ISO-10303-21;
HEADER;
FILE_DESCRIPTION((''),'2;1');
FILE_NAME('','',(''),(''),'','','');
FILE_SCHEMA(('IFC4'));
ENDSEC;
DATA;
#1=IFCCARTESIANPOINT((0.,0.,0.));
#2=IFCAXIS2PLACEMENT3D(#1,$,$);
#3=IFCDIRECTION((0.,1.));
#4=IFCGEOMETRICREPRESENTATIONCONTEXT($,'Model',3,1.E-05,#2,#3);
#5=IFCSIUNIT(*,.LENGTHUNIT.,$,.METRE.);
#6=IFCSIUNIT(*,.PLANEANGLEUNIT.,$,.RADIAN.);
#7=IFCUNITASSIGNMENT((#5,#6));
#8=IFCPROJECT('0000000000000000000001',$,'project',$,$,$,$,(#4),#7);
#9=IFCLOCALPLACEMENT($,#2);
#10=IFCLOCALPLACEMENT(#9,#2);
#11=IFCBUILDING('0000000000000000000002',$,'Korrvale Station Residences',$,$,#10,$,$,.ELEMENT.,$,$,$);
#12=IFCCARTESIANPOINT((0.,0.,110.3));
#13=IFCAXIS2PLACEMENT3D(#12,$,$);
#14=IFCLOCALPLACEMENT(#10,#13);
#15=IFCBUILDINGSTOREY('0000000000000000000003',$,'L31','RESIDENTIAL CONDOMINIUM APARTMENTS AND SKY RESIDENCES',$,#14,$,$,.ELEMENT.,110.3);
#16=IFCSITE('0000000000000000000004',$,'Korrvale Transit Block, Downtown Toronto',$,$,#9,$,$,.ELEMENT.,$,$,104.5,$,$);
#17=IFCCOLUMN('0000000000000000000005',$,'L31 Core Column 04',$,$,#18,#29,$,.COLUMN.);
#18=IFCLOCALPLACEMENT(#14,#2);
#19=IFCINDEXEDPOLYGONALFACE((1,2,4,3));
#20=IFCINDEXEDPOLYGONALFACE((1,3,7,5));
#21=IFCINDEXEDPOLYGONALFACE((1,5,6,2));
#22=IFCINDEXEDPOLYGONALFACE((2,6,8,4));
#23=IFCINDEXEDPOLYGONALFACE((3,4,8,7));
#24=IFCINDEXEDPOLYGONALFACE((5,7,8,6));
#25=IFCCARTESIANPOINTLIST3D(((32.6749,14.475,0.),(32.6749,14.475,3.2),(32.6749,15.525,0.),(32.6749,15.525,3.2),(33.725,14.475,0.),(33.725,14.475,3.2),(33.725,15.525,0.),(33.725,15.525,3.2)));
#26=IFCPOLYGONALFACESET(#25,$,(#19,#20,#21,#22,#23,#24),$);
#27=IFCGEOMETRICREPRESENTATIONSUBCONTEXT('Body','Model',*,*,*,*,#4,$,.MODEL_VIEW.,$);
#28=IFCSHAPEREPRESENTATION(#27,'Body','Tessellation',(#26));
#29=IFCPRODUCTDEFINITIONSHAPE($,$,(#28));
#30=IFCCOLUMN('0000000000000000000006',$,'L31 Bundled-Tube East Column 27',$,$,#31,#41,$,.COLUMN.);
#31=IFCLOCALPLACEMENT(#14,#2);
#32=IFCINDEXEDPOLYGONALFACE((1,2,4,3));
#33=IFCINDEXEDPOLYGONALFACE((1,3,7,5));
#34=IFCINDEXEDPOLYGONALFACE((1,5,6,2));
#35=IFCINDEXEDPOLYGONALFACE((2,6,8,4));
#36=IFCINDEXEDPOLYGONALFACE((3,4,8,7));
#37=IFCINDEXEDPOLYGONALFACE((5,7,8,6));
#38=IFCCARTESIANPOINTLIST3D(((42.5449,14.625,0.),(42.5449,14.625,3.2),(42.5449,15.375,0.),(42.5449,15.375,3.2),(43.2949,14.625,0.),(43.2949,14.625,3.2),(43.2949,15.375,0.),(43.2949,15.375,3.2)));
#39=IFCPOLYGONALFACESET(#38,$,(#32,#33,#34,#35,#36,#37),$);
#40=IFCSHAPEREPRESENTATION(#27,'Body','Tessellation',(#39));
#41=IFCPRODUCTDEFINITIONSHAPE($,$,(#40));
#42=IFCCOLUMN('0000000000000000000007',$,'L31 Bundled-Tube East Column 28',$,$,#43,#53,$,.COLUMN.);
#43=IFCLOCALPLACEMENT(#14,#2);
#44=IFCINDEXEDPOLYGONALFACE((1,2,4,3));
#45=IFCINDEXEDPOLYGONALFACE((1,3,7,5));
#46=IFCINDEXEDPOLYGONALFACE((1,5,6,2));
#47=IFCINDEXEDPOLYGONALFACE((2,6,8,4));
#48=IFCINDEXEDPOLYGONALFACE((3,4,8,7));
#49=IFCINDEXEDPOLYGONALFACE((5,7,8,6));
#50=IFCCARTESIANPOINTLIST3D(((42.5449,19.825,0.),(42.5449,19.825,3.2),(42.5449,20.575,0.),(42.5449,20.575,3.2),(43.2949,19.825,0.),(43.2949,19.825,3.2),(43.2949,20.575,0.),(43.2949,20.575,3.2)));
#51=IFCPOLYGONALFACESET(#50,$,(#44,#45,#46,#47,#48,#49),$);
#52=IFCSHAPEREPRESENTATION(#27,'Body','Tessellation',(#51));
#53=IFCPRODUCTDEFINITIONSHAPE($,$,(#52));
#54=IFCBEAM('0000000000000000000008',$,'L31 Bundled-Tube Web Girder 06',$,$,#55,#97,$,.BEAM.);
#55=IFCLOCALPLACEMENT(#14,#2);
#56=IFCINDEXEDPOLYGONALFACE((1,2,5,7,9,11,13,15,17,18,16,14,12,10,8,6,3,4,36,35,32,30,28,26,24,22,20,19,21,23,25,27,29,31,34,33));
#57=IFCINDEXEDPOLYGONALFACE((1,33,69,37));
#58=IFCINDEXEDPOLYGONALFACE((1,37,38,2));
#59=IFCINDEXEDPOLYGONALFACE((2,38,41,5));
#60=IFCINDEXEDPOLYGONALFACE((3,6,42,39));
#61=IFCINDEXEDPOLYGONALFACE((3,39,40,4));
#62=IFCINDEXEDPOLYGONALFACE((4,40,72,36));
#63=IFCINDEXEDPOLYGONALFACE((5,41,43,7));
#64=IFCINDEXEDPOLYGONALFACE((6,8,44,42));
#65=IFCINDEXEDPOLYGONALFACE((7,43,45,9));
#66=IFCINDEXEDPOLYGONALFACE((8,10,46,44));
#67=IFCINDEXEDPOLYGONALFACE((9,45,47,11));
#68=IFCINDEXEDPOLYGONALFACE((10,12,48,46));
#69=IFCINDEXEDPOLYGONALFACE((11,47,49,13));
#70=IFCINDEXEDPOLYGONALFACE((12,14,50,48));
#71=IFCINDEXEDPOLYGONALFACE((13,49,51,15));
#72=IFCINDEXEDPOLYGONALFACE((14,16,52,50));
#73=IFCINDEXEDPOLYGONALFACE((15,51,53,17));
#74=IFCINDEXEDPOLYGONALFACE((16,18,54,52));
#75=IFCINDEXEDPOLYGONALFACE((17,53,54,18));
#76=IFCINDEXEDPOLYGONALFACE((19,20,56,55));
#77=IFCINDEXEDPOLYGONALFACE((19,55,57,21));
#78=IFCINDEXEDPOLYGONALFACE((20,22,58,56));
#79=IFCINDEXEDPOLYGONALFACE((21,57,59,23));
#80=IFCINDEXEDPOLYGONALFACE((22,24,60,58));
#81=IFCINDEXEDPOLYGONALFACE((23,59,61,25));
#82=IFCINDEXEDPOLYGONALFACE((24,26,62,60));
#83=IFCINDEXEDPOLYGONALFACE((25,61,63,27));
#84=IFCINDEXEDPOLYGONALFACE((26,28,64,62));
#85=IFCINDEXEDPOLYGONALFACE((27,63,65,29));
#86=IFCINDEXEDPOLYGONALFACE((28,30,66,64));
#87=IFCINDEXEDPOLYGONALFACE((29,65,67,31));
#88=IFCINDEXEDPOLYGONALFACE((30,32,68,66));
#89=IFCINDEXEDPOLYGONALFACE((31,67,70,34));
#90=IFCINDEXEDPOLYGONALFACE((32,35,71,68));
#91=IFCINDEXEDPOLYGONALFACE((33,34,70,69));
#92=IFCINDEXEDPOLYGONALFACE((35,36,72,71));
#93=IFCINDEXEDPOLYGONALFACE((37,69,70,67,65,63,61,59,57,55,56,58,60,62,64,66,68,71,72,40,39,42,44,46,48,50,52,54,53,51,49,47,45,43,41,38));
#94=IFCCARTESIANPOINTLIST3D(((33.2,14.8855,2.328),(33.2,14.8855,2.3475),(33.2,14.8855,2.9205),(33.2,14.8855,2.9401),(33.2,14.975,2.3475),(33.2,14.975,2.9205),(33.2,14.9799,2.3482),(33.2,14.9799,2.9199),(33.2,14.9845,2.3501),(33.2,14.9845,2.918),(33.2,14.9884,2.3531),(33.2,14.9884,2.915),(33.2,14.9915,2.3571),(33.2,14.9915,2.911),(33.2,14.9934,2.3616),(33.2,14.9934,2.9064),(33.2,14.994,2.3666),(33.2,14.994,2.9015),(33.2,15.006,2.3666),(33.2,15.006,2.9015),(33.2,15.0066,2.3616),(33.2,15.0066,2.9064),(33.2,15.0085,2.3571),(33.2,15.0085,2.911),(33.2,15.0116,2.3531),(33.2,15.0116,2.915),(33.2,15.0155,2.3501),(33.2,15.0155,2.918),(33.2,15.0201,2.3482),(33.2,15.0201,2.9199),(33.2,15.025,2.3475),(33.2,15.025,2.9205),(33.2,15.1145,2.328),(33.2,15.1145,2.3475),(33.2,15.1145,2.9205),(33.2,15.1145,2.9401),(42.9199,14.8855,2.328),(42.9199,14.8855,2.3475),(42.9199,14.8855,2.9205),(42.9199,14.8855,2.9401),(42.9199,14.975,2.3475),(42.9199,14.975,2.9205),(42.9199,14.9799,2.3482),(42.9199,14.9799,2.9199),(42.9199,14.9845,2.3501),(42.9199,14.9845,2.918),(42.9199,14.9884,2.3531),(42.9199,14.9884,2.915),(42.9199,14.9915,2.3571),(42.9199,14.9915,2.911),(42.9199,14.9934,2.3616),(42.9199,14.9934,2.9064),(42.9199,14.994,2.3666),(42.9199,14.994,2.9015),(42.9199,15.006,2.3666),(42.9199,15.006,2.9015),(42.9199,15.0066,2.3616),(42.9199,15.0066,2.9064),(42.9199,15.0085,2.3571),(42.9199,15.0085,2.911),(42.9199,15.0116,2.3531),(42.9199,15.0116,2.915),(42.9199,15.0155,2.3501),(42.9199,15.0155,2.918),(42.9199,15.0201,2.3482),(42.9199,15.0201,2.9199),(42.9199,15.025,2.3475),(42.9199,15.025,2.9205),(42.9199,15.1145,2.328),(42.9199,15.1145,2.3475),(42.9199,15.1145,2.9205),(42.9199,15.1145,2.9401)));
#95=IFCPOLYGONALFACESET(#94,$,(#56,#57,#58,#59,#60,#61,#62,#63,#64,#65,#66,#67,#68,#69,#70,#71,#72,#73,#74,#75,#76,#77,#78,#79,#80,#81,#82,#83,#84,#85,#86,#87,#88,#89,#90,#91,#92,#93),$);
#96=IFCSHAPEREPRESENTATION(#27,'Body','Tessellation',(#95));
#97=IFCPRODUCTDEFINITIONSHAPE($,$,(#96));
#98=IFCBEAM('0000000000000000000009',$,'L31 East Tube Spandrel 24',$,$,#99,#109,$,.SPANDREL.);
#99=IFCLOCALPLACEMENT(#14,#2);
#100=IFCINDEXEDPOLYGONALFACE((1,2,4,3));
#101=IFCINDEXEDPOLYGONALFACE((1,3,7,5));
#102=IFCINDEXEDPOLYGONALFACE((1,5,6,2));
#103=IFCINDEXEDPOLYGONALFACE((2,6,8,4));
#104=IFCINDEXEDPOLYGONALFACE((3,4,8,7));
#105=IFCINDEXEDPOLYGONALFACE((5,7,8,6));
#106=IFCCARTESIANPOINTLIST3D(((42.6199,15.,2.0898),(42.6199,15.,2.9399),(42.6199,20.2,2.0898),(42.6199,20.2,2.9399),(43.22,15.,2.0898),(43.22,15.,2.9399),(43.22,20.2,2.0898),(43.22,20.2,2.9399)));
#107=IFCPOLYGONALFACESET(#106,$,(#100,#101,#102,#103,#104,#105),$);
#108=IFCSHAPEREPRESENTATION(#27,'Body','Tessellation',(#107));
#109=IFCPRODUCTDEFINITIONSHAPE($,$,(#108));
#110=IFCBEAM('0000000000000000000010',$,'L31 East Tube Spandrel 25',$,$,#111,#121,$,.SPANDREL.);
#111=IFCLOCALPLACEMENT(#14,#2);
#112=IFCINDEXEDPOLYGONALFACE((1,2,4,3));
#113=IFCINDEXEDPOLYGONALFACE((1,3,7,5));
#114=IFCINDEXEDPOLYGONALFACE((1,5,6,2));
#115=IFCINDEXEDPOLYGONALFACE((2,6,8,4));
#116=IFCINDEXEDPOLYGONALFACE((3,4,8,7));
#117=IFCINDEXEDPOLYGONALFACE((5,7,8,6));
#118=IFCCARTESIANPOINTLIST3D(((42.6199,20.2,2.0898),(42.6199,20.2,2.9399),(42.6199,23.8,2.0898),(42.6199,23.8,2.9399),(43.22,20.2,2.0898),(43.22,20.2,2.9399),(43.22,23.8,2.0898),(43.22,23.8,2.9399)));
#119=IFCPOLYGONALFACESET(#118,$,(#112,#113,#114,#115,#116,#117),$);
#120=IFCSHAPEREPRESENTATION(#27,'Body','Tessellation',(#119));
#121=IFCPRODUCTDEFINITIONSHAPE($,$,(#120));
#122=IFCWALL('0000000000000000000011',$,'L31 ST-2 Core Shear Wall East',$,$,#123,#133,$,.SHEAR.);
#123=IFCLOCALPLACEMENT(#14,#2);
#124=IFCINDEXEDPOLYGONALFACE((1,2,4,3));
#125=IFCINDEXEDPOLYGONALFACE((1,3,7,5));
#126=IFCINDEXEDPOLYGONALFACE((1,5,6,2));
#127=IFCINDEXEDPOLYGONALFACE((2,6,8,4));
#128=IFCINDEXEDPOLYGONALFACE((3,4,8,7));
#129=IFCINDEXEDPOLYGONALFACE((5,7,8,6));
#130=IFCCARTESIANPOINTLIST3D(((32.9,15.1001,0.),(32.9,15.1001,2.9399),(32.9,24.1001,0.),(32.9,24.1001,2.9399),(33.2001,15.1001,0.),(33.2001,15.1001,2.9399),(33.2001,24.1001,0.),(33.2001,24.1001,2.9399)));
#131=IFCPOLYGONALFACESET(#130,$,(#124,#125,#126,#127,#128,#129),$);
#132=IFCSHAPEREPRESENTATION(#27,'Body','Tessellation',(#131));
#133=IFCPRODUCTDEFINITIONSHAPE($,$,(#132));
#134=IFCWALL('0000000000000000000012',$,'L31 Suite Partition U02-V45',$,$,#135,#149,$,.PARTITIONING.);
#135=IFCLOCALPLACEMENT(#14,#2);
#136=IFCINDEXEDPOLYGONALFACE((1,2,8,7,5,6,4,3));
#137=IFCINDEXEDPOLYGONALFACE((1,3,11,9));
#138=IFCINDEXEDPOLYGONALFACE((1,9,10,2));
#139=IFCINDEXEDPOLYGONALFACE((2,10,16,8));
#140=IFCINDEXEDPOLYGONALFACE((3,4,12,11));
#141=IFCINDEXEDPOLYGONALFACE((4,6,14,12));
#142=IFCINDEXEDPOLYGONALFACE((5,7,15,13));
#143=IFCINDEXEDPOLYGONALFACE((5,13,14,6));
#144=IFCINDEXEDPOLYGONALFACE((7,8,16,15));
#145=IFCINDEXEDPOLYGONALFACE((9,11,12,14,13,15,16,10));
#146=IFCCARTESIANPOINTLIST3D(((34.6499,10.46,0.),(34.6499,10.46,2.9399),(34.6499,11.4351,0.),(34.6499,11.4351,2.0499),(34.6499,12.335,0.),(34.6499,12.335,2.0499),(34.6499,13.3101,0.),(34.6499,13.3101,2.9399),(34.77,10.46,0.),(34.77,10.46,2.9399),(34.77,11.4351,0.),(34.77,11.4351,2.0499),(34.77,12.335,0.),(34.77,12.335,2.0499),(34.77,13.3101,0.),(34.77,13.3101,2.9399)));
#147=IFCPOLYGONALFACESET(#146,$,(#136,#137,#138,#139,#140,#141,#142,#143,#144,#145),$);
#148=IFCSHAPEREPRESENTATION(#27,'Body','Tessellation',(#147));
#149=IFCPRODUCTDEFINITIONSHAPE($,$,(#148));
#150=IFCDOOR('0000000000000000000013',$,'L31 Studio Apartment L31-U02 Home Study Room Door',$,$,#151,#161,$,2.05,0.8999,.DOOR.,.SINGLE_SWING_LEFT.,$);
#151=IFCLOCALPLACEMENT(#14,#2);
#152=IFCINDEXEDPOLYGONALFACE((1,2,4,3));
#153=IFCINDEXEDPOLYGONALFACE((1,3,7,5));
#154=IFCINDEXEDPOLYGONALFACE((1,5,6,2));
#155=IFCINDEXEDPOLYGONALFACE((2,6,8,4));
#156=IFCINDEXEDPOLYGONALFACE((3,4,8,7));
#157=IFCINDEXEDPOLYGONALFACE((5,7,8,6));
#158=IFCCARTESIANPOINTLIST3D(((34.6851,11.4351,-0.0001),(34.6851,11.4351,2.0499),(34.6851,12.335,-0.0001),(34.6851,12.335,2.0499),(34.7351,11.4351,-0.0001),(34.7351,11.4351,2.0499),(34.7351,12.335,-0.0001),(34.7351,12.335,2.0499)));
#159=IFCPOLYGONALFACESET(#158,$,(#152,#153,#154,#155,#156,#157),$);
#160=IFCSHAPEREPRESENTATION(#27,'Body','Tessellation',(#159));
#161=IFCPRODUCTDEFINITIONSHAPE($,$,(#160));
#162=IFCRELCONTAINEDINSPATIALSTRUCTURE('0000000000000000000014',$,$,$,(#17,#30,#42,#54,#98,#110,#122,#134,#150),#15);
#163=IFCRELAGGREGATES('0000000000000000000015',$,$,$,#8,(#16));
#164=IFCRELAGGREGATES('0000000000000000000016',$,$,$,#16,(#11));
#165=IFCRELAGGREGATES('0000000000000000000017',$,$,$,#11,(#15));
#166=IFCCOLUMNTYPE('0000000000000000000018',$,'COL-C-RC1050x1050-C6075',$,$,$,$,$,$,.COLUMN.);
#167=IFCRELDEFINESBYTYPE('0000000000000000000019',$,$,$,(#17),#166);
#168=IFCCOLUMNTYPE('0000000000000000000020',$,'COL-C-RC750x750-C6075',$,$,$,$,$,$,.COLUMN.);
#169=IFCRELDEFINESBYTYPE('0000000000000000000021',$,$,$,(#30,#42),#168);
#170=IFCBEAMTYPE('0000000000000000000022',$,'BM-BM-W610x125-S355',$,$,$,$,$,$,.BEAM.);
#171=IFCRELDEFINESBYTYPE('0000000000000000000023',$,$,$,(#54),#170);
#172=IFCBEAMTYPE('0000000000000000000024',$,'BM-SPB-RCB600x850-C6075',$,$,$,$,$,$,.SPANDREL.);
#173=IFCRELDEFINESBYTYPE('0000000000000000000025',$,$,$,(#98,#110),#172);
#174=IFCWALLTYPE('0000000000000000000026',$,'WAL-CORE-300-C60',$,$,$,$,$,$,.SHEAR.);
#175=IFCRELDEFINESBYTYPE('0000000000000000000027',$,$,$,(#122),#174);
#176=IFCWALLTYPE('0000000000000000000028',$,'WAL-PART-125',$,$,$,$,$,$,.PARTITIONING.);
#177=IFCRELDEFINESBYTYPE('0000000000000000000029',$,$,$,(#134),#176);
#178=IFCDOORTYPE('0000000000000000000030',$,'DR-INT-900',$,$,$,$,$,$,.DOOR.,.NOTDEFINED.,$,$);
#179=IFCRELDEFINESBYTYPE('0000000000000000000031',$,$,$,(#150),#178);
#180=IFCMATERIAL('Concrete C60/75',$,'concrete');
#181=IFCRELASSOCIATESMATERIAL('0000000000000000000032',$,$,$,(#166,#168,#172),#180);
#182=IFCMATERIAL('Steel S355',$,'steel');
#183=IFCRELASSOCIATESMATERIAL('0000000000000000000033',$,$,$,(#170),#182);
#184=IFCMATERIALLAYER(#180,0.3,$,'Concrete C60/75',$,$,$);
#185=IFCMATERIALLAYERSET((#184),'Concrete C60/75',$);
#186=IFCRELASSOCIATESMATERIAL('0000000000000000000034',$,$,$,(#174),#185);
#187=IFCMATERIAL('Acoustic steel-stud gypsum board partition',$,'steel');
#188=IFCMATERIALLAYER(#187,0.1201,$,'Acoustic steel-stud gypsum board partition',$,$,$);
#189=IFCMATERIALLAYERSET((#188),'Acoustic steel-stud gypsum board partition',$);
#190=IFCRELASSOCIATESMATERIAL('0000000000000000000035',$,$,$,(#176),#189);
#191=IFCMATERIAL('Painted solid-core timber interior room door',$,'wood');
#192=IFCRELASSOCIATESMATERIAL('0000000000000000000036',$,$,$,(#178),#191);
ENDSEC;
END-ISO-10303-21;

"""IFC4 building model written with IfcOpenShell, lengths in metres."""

from ifc_helpers import new_model, si_unit, direction, frame, frame_2d, origin, origin_2d, place, context, subcontext, project, spatial, rectangle, i_section, extrude, material, layer, layer_set, material_profile, profile_set, type_object, element, fill, save


model = new_model("IFC4")

# Units and contexts
model_context = context("Model", 3, precision=1e-05, world=origin(), true_north=direction((0.0, 1.0)))
body_context = subcontext(model_context, "Body", "Model", "MODEL_VIEW")
ifc_project = project(units=[si_unit("LENGTHUNIT", "METRE"), si_unit("PLANEANGLEUNIT", "RADIAN")], contexts=[model_context])

# Site, building, storey
site_placement = place(None, origin())
site = spatial("IfcSite", under=ifc_project, at=site_placement, Name="Korrvale Transit Block, Downtown Toronto", CompositionType="ELEMENT", RefElevation=104.5)
building_placement = place(site_placement, origin())
building = spatial("IfcBuilding", under=site, at=building_placement, Name="Korrvale Station Residences", CompositionType="ELEMENT")
storey_placement = place(building_placement, frame((0.0, 0.0, 110.3)))
storey = spatial("IfcBuildingStorey", under=building, at=storey_placement, Name="L31", Description="RESIDENTIAL CONDOMINIUM APARTMENTS AND SKY RESIDENCES", CompositionType="ELEMENT", Elevation=110.3)

# Columns
ifc_material_1 = material(Name="Concrete C60/75", Category="concrete")
ifc_material_profile_1 = material_profile(ifc_material_1, rectangle(XDim=1.05, YDim=1.05, at=origin_2d()), Name="RC1050x1050")
ifc_profile_set_1 = profile_set([ifc_material_profile_1], Name="Concrete C60/75")
column_type_1 = type_object("IfcColumnType", Name="COL-C-RC1050x1050-C6075", PredefinedType="COLUMN", material=ifc_profile_set_1)
column_placement = place(storey_placement, frame((33.2, 15.0, 0.0), z_axis=(0.0, 0.0, 1.0), x_axis=(1.0, 0.0, 0.0)))
element("IfcColumn", 1, at=column_placement, inside=storey, type_object=column_type_1, Name="L31 Core Column 04", PredefinedType="COLUMN", context=body_context, shape_type="SweptSolid", body=[
    extrude(rectangle(XDim=1.05, YDim=1.05, at=origin_2d()), origin(), (0.0, 0.0, 1.0), 3.2),
])
ifc_material_profile_2 = material_profile(ifc_material_1, rectangle(XDim=0.75, YDim=0.75, at=origin_2d()), Name="RC750x750")
ifc_profile_set_2 = profile_set([ifc_material_profile_2], Name="Concrete C60/75")
column_type_2 = type_object("IfcColumnType", Name="COL-C-RC750x750-C6075", PredefinedType="COLUMN", material=ifc_profile_set_2)
for number, where, z_axis, x_axis, name in (
    (2, (42.9199, 15.0, 0.0), (0.0, 0.0, 1.0), (1.0, 0.0, 0.0), "L31 Bundled-Tube East Column 27"),
    (3, (42.9199, 20.2, 0.0), (0.0, 0.0, 1.0), (1.0, 0.0, 0.0), "L31 Bundled-Tube East Column 28"),
):
    element("IfcColumn", number, at=place(storey_placement, frame(where, z_axis=z_axis, x_axis=x_axis)), inside=storey, type_object=column_type_2, Name=name, PredefinedType="COLUMN", context=body_context, shape_type="SweptSolid", body=[
        extrude(rectangle(XDim=0.75, YDim=0.75, at=origin_2d()), origin(), (0.0, 0.0, 1.0), 3.2),
    ])

# Beams
ifc_material_2 = material(Name="Steel S355", Category="steel")
ifc_material_profile_3 = material_profile(ifc_material_2, i_section(OverallWidth=0.229, OverallDepth=0.6121, WebThickness=0.012, FlangeThickness=0.0195, FilletRadius=0.019, at=origin_2d()), Name="W610x125")
ifc_profile_set_3 = profile_set([ifc_material_profile_3], Name="Steel S355")
beam_type_1 = type_object("IfcBeamType", Name="BM-BM-W610x125-S355", PredefinedType="BEAM", material=ifc_profile_set_3)
beam_1_placement = place(storey_placement, frame((33.2, 15.0, 2.634), z_axis=(1.0, 0.0, 0.0), x_axis=(0.0, 1.0, 0.0)))
element("IfcBeam", 4, at=beam_1_placement, inside=storey, type_object=beam_type_1, Name="L31 Bundled-Tube Web Girder 06", PredefinedType="BEAM", context=body_context, shape_type="SweptSolid", body=[
    extrude(i_section(OverallWidth=0.229, OverallDepth=0.6121, WebThickness=0.012, FlangeThickness=0.0195, FilletRadius=0.019, at=origin_2d()), origin(), (0.0, 0.0, 1.0), 9.72),
])
ifc_material_profile_4 = material_profile(ifc_material_1, rectangle(XDim=0.6001, YDim=0.8501, at=origin_2d()), Name="RCB600x850")
ifc_profile_set_4 = profile_set([ifc_material_profile_4], Name="Concrete C60/75")
beam_type_2 = type_object("IfcBeamType", Name="BM-SPB-RCB600x850-C6075", PredefinedType="SPANDREL", material=ifc_profile_set_4)
beam_2_placement = place(storey_placement, frame((42.9199, 15.0, 2.5149), z_axis=(0.0, 1.0, 0.0), x_axis=(-1.0, 0.0, 0.0)))
element("IfcBeam", 5, at=beam_2_placement, inside=storey, type_object=beam_type_2, Name="L31 East Tube Spandrel 24", PredefinedType="SPANDREL", context=body_context, shape_type="SweptSolid", body=[
    extrude(rectangle(XDim=0.6001, YDim=0.8501, at=origin_2d()), origin(), (0.0, 0.0, 1.0), 5.2),
])
beam_3_placement = place(storey_placement, frame((42.9199, 20.2, 2.5149), z_axis=(0.0, 1.0, 0.0), x_axis=(-1.0, 0.0, 0.0)))
element("IfcBeam", 6, at=beam_3_placement, inside=storey, type_object=beam_type_2, Name="L31 East Tube Spandrel 25", PredefinedType="SPANDREL", context=body_context, shape_type="SweptSolid", body=[
    extrude(rectangle(XDim=0.6001, YDim=0.8501, at=origin_2d()), origin(), (0.0, 0.0, 1.0), 3.6001),
])

# Wall
ifc_layer_1 = layer(ifc_material_1, 0.3, Name="Concrete C60/75")
ifc_layer_set_1 = layer_set([ifc_layer_1], Name="Concrete C60/75")
wall_type_1 = type_object("IfcWallType", Name="WAL-CORE-300-C60", PredefinedType="SHEAR", material=ifc_layer_set_1)
wall_1_placement = place(storey_placement, frame((33.05, 15.1001, 0.0), z_axis=(0.0, 0.0, 1.0), x_axis=(0.0, 1.0, 0.0)))
element("IfcWall", 7, at=wall_1_placement, inside=storey, type_object=wall_type_1, Name="L31 ST-2 Core Shear Wall East", PredefinedType="SHEAR", context=body_context, shape_type="SweptSolid", body=[
    extrude(rectangle(XDim=9.0, YDim=0.3, at=frame_2d((4.5, 0.0))), origin(), (0.0, 0.0, 1.0), 2.9399),
])

# Wall, opening, door
ifc_material_3 = material(Name="Acoustic steel-stud gypsum board partition", Category="steel")
ifc_layer_2 = layer(ifc_material_3, 0.1201, Name="Acoustic steel-stud gypsum board partition")
ifc_layer_set_2 = layer_set([ifc_layer_2], Name="Acoustic steel-stud gypsum board partition")
wall_type_2 = type_object("IfcWallType", Name="WAL-PART-125", PredefinedType="PARTITIONING", material=ifc_layer_set_2)
wall_2_placement = place(storey_placement, frame((34.71, 10.46, 0.0), z_axis=(0.0, 0.0, 1.0), x_axis=(0.0, 1.0, 0.0)))
wall_2 = element("IfcWall", 8, at=wall_2_placement, inside=storey, type_object=wall_type_2, Name="L31 Suite Partition U02-V45", PredefinedType="PARTITIONING", context=body_context, shape_type="SweptSolid", body=[
    extrude(rectangle(XDim=2.8501, YDim=0.1201, at=frame_2d((1.425, 0.0))), origin(), (0.0, 0.0, 1.0), 2.9399),
])
opening_1_placement = place(wall_2_placement, frame((0.9751, 0.0, 0.0)))
opening_1 = element("IfcOpeningElement", 9, at=opening_1_placement, cuts=wall_2, PredefinedType="OPENING", context=body_context, shape_type="SweptSolid", body=[
    extrude(rectangle(XDim=0.8999, YDim=2.05, at=frame_2d((0.45, 1.0249))), frame((0.0, 0.0701, 0.0), z_axis=(0.0, -1.0, 0.0), x_axis=(1.0, 0.0, 0.0)), (0.0, 0.0, 1.0), 0.1401),
])
ifc_material_4 = material(Name="Painted solid-core timber interior room door", Category="wood")
door_type_1 = type_object("IfcDoorType", Name="DR-INT-900", OperationType="NOTDEFINED", PredefinedType="DOOR", material=ifc_material_4)
door_1_placement = place(opening_1_placement, origin())
door_1 = element("IfcDoor", 10, at=door_1_placement, inside=storey, type_object=door_type_1, Name="L31 Studio Apartment L31-U02 Home Study Room Door", OperationType="SINGLE_SWING_LEFT", OverallHeight=2.05, OverallWidth=0.8999, PredefinedType="DOOR", context=body_context, shape_type="SweptSolid", body=[
    extrude(rectangle(XDim=0.8999, YDim=2.05, at=frame_2d((0.45, 1.0249))), frame((0.0, 0.0249, 0.0), z_axis=(0.0, -1.0, 0.0), x_axis=(1.0, 0.0, 0.0)), (0.0, 0.0, 1.0), 0.05),
])
fill(opening_1, door_1)

save(model, "model.ifc")
